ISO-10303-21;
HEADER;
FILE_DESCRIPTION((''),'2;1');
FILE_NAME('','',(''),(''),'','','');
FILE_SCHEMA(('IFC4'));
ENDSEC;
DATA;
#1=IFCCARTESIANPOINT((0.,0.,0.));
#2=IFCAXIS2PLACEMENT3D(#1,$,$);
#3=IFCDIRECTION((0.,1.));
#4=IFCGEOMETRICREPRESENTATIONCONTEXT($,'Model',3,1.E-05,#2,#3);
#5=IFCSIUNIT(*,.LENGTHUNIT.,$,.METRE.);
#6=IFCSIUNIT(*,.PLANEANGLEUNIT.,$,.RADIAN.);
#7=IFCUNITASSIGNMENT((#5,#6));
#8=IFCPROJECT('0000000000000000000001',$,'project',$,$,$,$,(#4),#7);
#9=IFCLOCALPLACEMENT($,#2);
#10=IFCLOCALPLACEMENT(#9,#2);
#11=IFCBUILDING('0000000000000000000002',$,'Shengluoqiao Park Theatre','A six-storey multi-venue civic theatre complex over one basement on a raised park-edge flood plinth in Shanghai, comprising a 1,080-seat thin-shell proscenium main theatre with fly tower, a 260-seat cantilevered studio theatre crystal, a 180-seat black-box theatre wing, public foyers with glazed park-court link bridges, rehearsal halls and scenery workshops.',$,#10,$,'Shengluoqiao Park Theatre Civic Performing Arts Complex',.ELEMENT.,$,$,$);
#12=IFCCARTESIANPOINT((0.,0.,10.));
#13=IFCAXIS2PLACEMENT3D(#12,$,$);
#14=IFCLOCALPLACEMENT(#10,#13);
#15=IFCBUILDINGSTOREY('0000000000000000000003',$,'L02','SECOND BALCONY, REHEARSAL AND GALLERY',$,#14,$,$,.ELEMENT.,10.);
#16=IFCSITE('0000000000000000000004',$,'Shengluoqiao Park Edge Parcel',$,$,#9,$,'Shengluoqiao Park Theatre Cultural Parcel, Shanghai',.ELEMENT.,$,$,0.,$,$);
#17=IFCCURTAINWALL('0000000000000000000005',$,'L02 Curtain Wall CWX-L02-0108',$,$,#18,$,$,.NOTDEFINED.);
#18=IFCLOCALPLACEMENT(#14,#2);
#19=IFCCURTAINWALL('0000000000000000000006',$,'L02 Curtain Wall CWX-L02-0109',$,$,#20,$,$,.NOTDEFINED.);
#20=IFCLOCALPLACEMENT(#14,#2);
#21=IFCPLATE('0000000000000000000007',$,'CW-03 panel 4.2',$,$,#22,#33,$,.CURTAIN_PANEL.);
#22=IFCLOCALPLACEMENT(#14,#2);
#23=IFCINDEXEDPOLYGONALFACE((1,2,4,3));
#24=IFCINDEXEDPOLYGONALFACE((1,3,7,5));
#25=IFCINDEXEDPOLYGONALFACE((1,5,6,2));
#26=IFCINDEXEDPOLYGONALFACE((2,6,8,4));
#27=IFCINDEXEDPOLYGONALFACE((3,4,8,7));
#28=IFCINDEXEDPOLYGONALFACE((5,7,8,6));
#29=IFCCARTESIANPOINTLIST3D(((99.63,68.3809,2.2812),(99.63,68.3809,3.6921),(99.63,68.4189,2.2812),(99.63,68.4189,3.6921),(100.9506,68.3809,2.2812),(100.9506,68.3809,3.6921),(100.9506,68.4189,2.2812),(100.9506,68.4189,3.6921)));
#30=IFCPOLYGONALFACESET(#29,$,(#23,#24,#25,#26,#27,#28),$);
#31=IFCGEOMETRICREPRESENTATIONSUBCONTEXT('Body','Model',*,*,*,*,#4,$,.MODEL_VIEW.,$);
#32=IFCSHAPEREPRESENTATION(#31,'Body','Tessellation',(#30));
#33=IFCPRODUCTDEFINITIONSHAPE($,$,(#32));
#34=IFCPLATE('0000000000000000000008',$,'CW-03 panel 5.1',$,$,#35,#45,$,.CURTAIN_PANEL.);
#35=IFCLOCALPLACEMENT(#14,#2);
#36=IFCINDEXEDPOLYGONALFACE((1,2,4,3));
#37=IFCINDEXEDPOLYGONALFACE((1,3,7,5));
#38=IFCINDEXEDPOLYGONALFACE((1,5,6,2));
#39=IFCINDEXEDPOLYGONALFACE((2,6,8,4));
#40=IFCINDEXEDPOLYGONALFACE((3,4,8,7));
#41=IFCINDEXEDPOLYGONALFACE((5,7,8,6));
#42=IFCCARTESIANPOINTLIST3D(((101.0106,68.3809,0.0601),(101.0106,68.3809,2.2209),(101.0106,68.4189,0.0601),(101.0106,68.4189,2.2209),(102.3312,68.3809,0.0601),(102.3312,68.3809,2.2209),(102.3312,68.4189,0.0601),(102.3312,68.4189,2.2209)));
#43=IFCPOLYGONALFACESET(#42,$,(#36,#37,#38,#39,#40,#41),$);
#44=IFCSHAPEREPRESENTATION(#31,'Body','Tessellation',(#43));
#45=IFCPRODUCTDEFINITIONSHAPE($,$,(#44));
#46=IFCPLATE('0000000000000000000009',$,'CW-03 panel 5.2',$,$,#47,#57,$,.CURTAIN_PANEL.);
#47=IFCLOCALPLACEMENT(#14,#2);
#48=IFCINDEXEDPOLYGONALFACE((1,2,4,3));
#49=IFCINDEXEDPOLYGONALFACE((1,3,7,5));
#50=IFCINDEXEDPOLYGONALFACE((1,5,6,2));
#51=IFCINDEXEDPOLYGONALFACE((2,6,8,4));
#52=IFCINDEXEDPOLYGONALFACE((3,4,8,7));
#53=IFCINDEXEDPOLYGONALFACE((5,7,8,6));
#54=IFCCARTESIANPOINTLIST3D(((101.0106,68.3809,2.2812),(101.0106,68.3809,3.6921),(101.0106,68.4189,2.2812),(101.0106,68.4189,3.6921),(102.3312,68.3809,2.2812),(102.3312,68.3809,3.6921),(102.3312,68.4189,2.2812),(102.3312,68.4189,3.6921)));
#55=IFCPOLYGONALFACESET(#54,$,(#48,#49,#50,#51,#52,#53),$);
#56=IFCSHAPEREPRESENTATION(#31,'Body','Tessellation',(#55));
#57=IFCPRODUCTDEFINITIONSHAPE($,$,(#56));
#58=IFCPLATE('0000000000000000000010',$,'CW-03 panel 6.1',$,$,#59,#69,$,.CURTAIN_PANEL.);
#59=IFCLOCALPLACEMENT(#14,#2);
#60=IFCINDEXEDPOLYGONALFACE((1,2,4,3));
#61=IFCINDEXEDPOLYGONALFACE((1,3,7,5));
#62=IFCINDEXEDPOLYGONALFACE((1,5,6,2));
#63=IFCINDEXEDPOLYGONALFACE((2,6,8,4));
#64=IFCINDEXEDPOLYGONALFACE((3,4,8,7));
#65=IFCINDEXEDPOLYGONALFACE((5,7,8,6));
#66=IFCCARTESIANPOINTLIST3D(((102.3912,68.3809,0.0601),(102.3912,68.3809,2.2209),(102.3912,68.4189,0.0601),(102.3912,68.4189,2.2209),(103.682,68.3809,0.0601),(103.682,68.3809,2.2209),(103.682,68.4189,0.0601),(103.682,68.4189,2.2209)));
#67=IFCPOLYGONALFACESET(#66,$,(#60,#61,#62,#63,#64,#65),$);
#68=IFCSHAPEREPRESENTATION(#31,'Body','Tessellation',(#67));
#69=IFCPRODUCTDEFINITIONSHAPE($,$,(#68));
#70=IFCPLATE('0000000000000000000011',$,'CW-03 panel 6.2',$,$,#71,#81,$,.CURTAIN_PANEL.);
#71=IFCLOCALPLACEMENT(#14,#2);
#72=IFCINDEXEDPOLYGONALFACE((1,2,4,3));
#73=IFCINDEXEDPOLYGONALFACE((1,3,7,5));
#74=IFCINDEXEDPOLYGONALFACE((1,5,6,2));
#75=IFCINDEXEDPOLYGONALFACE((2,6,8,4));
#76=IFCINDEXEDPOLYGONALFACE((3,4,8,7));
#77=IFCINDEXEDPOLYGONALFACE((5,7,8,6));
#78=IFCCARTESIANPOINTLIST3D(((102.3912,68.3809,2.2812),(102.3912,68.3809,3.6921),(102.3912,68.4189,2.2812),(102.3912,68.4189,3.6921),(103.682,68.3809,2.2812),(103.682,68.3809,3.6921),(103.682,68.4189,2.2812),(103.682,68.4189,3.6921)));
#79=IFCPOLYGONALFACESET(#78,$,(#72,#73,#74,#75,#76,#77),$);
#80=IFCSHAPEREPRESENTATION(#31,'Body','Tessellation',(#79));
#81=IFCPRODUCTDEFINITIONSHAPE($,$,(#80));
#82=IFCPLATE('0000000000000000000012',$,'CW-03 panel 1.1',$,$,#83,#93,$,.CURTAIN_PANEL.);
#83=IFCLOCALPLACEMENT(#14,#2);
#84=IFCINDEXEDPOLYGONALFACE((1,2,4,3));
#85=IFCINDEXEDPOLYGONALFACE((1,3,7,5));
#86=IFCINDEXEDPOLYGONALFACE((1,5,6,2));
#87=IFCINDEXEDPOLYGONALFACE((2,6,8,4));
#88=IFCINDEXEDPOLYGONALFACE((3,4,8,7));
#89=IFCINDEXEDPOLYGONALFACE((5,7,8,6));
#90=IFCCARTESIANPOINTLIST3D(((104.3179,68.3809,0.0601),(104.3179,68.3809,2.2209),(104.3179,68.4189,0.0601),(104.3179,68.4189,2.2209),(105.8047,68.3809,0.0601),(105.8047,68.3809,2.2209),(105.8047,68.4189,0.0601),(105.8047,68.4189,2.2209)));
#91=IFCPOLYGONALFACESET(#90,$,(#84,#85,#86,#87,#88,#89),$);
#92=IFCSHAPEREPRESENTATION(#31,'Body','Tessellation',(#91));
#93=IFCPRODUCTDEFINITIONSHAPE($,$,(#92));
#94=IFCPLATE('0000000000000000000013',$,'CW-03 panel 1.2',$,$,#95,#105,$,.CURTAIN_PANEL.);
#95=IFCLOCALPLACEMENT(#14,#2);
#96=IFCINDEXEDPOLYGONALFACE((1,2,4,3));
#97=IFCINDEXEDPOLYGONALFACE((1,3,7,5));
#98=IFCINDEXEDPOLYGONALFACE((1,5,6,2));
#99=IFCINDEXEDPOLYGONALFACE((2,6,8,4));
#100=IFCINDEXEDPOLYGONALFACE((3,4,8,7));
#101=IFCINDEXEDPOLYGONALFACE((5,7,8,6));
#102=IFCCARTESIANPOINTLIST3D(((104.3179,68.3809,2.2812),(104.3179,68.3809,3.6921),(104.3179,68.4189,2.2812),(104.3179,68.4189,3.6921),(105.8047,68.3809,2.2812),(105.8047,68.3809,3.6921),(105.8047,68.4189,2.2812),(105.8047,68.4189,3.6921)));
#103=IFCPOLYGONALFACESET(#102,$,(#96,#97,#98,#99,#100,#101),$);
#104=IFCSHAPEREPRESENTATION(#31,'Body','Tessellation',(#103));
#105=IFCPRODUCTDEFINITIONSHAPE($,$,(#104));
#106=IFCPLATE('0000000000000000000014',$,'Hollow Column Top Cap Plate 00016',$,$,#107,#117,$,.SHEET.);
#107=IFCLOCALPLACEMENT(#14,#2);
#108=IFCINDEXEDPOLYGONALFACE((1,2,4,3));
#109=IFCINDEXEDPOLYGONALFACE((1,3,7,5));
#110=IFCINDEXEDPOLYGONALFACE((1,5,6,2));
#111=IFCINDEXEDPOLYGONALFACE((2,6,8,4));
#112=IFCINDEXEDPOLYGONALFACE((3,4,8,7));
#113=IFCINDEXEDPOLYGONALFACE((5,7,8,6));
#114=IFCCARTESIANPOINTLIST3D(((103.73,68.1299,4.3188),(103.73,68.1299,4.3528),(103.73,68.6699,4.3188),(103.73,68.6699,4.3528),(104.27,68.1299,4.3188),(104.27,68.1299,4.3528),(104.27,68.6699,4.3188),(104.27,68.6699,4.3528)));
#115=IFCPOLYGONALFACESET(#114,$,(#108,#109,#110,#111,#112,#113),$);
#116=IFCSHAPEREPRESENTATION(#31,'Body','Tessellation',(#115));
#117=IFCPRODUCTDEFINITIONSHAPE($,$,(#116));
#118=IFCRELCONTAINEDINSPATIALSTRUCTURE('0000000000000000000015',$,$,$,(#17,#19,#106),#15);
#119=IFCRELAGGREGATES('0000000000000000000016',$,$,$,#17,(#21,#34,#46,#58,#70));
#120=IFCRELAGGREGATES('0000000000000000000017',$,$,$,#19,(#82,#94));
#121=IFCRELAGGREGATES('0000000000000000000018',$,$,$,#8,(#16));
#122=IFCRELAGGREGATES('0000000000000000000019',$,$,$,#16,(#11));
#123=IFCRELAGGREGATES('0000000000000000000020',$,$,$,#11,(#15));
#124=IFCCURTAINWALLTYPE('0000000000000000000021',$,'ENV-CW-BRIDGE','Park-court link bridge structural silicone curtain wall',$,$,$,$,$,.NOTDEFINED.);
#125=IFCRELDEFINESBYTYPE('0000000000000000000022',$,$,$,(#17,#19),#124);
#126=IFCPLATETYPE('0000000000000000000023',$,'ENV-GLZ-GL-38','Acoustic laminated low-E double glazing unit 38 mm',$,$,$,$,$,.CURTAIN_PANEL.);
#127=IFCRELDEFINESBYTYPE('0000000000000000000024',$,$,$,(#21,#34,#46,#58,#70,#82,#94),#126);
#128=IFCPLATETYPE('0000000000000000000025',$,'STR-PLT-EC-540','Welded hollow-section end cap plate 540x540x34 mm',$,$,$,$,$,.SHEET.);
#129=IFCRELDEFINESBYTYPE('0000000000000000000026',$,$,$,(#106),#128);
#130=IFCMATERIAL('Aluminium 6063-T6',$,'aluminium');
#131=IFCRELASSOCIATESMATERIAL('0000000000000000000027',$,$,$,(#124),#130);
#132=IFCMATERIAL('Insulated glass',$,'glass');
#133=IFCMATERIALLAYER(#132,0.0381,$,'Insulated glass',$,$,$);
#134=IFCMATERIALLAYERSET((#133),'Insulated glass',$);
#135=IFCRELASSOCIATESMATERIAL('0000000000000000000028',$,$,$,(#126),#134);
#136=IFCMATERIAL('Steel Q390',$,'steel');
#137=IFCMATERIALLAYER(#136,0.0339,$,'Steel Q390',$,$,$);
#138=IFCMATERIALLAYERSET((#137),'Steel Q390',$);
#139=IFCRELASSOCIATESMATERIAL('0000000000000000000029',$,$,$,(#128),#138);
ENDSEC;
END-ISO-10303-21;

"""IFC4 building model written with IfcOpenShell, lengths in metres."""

from ifc_helpers import new_model, si_unit, direction, frame, origin, origin_2d, place, context, subcontext, project, spatial, rectangle, extrude, material, layer, layer_set, type_object, element, aggregate, save


model = new_model("IFC4")

# Units and contexts
model_context = context("Model", 3, precision=1e-05, world=origin(), true_north=direction((0.0, 1.0)))
body_context = subcontext(model_context, "Body", "Model", "MODEL_VIEW")
ifc_project = project(units=[si_unit("LENGTHUNIT", "METRE"), si_unit("PLANEANGLEUNIT", "RADIAN")], contexts=[model_context])

# Site, building, storey
site_placement = place(None, origin())
site = spatial("IfcSite", under=ifc_project, at=site_placement, Name="Shengluoqiao Park Edge Parcel", LongName="Shengluoqiao Park Theatre Cultural Parcel, Shanghai", CompositionType="ELEMENT", RefElevation=0.0)
building_placement = place(site_placement, origin())
building = spatial("IfcBuilding", under=site, at=building_placement, Name="Shengluoqiao Park Theatre", Description="A six-storey multi-venue civic theatre complex over one basement on a raised park-edge flood plinth in Shanghai, comprising a 1,080-seat thin-shell proscenium main theatre with fly tower, a 260-seat cantilevered studio theatre crystal, a 180-seat black-box theatre wing, public foyers with glazed park-court link bridges, rehearsal halls and scenery workshops.", LongName="Shengluoqiao Park Theatre Civic Performing Arts Complex", CompositionType="ELEMENT")
storey_placement = place(building_placement, frame((0.0, 0.0, 10.0)))
storey = spatial("IfcBuildingStorey", under=building, at=storey_placement, Name="L02", Description="SECOND BALCONY, REHEARSAL AND GALLERY", CompositionType="ELEMENT", Elevation=10.0)

# Shared definitions
ifc_material_1 = material(Name="Steel Q390", Category="steel")

# Curtain wall
ifc_material_2 = material(Name="Aluminium 6063-T6", Category="aluminium")
curtain_wall_type = type_object("IfcCurtainWallType", Name="ENV-CW-BRIDGE", Description="Park-court link bridge structural silicone curtain wall", PredefinedType="NOTDEFINED", material=ifc_material_2)
curtain_wall_1_placement = place(storey_placement, origin())
curtain_wall_1 = element("IfcCurtainWall", 1, at=curtain_wall_1_placement, inside=storey, type_object=curtain_wall_type, Name="L02 Curtain Wall CWX-L02-0108", PredefinedType="NOTDEFINED")

# Curtain wall
curtain_wall_2_placement = place(storey_placement, origin())
curtain_wall_2 = element("IfcCurtainWall", 2, at=curtain_wall_2_placement, inside=storey, type_object=curtain_wall_type, Name="L02 Curtain Wall CWX-L02-0109", PredefinedType="NOTDEFINED")

# Plates
ifc_material_3 = material(Name="Insulated glass", Category="glass")
ifc_layer_1 = layer(ifc_material_3, 0.0381, Name="Insulated glass")
ifc_layer_set_1 = layer_set([ifc_layer_1], Name="Insulated glass")
plate_type_1 = type_object("IfcPlateType", Name="ENV-GLZ-GL-38", Description="Acoustic laminated low-E double glazing unit 38 mm", PredefinedType="CURTAIN_PANEL", material=ifc_layer_set_1)
plate_1_placement = place(storey_placement, frame((100.2903, 68.3999, 2.2812), z_axis=(0.0, 0.0, 1.0), x_axis=(1.0, 0.0, 0.0)))
plate_1 = element("IfcPlate", 3, at=plate_1_placement, type_object=plate_type_1, Name="CW-03 panel 4.2", PredefinedType="CURTAIN_PANEL", context=body_context, shape_type="SweptSolid", body=[
    extrude(rectangle(XDim=1.3206, YDim=0.0381, at=origin_2d()), origin(), (0.0, 0.0, 1.0), 1.4109),
])
plate_2_placement = place(storey_placement, frame((101.6709, 68.3999, 0.0601), z_axis=(0.0, 0.0, 1.0), x_axis=(1.0, 0.0, 0.0)))
plate_2 = element("IfcPlate", 4, at=plate_2_placement, type_object=plate_type_1, Name="CW-03 panel 5.1", PredefinedType="CURTAIN_PANEL", context=body_context, shape_type="SweptSolid", body=[
    extrude(rectangle(XDim=1.3206, YDim=0.0381, at=origin_2d()), origin(), (0.0, 0.0, 1.0), 2.1609),
])
plate_3_placement = place(storey_placement, frame((101.6709, 68.3999, 2.2812), z_axis=(0.0, 0.0, 1.0), x_axis=(1.0, 0.0, 0.0)))
plate_3 = element("IfcPlate", 5, at=plate_3_placement, type_object=plate_type_1, Name="CW-03 panel 5.2", PredefinedType="CURTAIN_PANEL", context=body_context, shape_type="SweptSolid", body=[
    extrude(rectangle(XDim=1.3206, YDim=0.0381, at=origin_2d()), origin(), (0.0, 0.0, 1.0), 1.4109),
])
plate_4_placement = place(storey_placement, frame((103.0366, 68.3999, 0.0601), z_axis=(0.0, 0.0, 1.0), x_axis=(1.0, 0.0, 0.0)))
plate_4 = element("IfcPlate", 6, at=plate_4_placement, type_object=plate_type_1, Name="CW-03 panel 6.1", PredefinedType="CURTAIN_PANEL", context=body_context, shape_type="SweptSolid", body=[
    extrude(rectangle(XDim=1.2908, YDim=0.0381, at=origin_2d()), origin(), (0.0, 0.0, 1.0), 2.1609),
])
plate_5_placement = place(storey_placement, frame((103.0366, 68.3999, 2.2812), z_axis=(0.0, 0.0, 1.0), x_axis=(1.0, 0.0, 0.0)))
plate_5 = element("IfcPlate", 7, at=plate_5_placement, type_object=plate_type_1, Name="CW-03 panel 6.2", PredefinedType="CURTAIN_PANEL", context=body_context, shape_type="SweptSolid", body=[
    extrude(rectangle(XDim=1.2908, YDim=0.0381, at=origin_2d()), origin(), (0.0, 0.0, 1.0), 1.4109),
])
aggregate(curtain_wall_1, [plate_1, plate_2, plate_3, plate_4, plate_5])
plate_6_placement = place(storey_placement, frame((105.0613, 68.3999, 0.0601), z_axis=(0.0, 0.0, 1.0), x_axis=(1.0, 0.0, 0.0)))
plate_6 = element("IfcPlate", 8, at=plate_6_placement, type_object=plate_type_1, Name="CW-03 panel 1.1", PredefinedType="CURTAIN_PANEL", context=body_context, shape_type="SweptSolid", body=[
    extrude(rectangle(XDim=1.4868, YDim=0.0381, at=origin_2d()), origin(), (0.0, 0.0, 1.0), 2.1609),
])
plate_7_placement = place(storey_placement, frame((105.0613, 68.3999, 2.2812), z_axis=(0.0, 0.0, 1.0), x_axis=(1.0, 0.0, 0.0)))
plate_7 = element("IfcPlate", 9, at=plate_7_placement, type_object=plate_type_1, Name="CW-03 panel 1.2", PredefinedType="CURTAIN_PANEL", context=body_context, shape_type="SweptSolid", body=[
    extrude(rectangle(XDim=1.4868, YDim=0.0381, at=origin_2d()), origin(), (0.0, 0.0, 1.0), 1.4109),
])
aggregate(curtain_wall_2, [plate_6, plate_7])
ifc_layer_2 = layer(ifc_material_1, 0.0339, Name="Steel Q390")
ifc_layer_set_2 = layer_set([ifc_layer_2], Name="Steel Q390")
plate_type_2 = type_object("IfcPlateType", Name="STR-PLT-EC-540", Description="Welded hollow-section end cap plate 540x540x34 mm", PredefinedType="SHEET", material=ifc_layer_set_2)
plate_8_placement = place(storey_placement, frame((104.0, 68.3999, 4.3188), z_axis=(0.0, 0.0, 1.0), x_axis=(1.0, 0.0, 0.0)))
element("IfcPlate", 10, at=plate_8_placement, inside=storey, type_object=plate_type_2, Name="Hollow Column Top Cap Plate 00016", PredefinedType="SHEET", context=body_context, shape_type="SweptSolid", body=[
    extrude(rectangle(XDim=0.54, YDim=0.54, at=origin_2d()), origin(), (0.0, 0.0, 1.0), 0.0339),
])

save(model, "model.ifc")
